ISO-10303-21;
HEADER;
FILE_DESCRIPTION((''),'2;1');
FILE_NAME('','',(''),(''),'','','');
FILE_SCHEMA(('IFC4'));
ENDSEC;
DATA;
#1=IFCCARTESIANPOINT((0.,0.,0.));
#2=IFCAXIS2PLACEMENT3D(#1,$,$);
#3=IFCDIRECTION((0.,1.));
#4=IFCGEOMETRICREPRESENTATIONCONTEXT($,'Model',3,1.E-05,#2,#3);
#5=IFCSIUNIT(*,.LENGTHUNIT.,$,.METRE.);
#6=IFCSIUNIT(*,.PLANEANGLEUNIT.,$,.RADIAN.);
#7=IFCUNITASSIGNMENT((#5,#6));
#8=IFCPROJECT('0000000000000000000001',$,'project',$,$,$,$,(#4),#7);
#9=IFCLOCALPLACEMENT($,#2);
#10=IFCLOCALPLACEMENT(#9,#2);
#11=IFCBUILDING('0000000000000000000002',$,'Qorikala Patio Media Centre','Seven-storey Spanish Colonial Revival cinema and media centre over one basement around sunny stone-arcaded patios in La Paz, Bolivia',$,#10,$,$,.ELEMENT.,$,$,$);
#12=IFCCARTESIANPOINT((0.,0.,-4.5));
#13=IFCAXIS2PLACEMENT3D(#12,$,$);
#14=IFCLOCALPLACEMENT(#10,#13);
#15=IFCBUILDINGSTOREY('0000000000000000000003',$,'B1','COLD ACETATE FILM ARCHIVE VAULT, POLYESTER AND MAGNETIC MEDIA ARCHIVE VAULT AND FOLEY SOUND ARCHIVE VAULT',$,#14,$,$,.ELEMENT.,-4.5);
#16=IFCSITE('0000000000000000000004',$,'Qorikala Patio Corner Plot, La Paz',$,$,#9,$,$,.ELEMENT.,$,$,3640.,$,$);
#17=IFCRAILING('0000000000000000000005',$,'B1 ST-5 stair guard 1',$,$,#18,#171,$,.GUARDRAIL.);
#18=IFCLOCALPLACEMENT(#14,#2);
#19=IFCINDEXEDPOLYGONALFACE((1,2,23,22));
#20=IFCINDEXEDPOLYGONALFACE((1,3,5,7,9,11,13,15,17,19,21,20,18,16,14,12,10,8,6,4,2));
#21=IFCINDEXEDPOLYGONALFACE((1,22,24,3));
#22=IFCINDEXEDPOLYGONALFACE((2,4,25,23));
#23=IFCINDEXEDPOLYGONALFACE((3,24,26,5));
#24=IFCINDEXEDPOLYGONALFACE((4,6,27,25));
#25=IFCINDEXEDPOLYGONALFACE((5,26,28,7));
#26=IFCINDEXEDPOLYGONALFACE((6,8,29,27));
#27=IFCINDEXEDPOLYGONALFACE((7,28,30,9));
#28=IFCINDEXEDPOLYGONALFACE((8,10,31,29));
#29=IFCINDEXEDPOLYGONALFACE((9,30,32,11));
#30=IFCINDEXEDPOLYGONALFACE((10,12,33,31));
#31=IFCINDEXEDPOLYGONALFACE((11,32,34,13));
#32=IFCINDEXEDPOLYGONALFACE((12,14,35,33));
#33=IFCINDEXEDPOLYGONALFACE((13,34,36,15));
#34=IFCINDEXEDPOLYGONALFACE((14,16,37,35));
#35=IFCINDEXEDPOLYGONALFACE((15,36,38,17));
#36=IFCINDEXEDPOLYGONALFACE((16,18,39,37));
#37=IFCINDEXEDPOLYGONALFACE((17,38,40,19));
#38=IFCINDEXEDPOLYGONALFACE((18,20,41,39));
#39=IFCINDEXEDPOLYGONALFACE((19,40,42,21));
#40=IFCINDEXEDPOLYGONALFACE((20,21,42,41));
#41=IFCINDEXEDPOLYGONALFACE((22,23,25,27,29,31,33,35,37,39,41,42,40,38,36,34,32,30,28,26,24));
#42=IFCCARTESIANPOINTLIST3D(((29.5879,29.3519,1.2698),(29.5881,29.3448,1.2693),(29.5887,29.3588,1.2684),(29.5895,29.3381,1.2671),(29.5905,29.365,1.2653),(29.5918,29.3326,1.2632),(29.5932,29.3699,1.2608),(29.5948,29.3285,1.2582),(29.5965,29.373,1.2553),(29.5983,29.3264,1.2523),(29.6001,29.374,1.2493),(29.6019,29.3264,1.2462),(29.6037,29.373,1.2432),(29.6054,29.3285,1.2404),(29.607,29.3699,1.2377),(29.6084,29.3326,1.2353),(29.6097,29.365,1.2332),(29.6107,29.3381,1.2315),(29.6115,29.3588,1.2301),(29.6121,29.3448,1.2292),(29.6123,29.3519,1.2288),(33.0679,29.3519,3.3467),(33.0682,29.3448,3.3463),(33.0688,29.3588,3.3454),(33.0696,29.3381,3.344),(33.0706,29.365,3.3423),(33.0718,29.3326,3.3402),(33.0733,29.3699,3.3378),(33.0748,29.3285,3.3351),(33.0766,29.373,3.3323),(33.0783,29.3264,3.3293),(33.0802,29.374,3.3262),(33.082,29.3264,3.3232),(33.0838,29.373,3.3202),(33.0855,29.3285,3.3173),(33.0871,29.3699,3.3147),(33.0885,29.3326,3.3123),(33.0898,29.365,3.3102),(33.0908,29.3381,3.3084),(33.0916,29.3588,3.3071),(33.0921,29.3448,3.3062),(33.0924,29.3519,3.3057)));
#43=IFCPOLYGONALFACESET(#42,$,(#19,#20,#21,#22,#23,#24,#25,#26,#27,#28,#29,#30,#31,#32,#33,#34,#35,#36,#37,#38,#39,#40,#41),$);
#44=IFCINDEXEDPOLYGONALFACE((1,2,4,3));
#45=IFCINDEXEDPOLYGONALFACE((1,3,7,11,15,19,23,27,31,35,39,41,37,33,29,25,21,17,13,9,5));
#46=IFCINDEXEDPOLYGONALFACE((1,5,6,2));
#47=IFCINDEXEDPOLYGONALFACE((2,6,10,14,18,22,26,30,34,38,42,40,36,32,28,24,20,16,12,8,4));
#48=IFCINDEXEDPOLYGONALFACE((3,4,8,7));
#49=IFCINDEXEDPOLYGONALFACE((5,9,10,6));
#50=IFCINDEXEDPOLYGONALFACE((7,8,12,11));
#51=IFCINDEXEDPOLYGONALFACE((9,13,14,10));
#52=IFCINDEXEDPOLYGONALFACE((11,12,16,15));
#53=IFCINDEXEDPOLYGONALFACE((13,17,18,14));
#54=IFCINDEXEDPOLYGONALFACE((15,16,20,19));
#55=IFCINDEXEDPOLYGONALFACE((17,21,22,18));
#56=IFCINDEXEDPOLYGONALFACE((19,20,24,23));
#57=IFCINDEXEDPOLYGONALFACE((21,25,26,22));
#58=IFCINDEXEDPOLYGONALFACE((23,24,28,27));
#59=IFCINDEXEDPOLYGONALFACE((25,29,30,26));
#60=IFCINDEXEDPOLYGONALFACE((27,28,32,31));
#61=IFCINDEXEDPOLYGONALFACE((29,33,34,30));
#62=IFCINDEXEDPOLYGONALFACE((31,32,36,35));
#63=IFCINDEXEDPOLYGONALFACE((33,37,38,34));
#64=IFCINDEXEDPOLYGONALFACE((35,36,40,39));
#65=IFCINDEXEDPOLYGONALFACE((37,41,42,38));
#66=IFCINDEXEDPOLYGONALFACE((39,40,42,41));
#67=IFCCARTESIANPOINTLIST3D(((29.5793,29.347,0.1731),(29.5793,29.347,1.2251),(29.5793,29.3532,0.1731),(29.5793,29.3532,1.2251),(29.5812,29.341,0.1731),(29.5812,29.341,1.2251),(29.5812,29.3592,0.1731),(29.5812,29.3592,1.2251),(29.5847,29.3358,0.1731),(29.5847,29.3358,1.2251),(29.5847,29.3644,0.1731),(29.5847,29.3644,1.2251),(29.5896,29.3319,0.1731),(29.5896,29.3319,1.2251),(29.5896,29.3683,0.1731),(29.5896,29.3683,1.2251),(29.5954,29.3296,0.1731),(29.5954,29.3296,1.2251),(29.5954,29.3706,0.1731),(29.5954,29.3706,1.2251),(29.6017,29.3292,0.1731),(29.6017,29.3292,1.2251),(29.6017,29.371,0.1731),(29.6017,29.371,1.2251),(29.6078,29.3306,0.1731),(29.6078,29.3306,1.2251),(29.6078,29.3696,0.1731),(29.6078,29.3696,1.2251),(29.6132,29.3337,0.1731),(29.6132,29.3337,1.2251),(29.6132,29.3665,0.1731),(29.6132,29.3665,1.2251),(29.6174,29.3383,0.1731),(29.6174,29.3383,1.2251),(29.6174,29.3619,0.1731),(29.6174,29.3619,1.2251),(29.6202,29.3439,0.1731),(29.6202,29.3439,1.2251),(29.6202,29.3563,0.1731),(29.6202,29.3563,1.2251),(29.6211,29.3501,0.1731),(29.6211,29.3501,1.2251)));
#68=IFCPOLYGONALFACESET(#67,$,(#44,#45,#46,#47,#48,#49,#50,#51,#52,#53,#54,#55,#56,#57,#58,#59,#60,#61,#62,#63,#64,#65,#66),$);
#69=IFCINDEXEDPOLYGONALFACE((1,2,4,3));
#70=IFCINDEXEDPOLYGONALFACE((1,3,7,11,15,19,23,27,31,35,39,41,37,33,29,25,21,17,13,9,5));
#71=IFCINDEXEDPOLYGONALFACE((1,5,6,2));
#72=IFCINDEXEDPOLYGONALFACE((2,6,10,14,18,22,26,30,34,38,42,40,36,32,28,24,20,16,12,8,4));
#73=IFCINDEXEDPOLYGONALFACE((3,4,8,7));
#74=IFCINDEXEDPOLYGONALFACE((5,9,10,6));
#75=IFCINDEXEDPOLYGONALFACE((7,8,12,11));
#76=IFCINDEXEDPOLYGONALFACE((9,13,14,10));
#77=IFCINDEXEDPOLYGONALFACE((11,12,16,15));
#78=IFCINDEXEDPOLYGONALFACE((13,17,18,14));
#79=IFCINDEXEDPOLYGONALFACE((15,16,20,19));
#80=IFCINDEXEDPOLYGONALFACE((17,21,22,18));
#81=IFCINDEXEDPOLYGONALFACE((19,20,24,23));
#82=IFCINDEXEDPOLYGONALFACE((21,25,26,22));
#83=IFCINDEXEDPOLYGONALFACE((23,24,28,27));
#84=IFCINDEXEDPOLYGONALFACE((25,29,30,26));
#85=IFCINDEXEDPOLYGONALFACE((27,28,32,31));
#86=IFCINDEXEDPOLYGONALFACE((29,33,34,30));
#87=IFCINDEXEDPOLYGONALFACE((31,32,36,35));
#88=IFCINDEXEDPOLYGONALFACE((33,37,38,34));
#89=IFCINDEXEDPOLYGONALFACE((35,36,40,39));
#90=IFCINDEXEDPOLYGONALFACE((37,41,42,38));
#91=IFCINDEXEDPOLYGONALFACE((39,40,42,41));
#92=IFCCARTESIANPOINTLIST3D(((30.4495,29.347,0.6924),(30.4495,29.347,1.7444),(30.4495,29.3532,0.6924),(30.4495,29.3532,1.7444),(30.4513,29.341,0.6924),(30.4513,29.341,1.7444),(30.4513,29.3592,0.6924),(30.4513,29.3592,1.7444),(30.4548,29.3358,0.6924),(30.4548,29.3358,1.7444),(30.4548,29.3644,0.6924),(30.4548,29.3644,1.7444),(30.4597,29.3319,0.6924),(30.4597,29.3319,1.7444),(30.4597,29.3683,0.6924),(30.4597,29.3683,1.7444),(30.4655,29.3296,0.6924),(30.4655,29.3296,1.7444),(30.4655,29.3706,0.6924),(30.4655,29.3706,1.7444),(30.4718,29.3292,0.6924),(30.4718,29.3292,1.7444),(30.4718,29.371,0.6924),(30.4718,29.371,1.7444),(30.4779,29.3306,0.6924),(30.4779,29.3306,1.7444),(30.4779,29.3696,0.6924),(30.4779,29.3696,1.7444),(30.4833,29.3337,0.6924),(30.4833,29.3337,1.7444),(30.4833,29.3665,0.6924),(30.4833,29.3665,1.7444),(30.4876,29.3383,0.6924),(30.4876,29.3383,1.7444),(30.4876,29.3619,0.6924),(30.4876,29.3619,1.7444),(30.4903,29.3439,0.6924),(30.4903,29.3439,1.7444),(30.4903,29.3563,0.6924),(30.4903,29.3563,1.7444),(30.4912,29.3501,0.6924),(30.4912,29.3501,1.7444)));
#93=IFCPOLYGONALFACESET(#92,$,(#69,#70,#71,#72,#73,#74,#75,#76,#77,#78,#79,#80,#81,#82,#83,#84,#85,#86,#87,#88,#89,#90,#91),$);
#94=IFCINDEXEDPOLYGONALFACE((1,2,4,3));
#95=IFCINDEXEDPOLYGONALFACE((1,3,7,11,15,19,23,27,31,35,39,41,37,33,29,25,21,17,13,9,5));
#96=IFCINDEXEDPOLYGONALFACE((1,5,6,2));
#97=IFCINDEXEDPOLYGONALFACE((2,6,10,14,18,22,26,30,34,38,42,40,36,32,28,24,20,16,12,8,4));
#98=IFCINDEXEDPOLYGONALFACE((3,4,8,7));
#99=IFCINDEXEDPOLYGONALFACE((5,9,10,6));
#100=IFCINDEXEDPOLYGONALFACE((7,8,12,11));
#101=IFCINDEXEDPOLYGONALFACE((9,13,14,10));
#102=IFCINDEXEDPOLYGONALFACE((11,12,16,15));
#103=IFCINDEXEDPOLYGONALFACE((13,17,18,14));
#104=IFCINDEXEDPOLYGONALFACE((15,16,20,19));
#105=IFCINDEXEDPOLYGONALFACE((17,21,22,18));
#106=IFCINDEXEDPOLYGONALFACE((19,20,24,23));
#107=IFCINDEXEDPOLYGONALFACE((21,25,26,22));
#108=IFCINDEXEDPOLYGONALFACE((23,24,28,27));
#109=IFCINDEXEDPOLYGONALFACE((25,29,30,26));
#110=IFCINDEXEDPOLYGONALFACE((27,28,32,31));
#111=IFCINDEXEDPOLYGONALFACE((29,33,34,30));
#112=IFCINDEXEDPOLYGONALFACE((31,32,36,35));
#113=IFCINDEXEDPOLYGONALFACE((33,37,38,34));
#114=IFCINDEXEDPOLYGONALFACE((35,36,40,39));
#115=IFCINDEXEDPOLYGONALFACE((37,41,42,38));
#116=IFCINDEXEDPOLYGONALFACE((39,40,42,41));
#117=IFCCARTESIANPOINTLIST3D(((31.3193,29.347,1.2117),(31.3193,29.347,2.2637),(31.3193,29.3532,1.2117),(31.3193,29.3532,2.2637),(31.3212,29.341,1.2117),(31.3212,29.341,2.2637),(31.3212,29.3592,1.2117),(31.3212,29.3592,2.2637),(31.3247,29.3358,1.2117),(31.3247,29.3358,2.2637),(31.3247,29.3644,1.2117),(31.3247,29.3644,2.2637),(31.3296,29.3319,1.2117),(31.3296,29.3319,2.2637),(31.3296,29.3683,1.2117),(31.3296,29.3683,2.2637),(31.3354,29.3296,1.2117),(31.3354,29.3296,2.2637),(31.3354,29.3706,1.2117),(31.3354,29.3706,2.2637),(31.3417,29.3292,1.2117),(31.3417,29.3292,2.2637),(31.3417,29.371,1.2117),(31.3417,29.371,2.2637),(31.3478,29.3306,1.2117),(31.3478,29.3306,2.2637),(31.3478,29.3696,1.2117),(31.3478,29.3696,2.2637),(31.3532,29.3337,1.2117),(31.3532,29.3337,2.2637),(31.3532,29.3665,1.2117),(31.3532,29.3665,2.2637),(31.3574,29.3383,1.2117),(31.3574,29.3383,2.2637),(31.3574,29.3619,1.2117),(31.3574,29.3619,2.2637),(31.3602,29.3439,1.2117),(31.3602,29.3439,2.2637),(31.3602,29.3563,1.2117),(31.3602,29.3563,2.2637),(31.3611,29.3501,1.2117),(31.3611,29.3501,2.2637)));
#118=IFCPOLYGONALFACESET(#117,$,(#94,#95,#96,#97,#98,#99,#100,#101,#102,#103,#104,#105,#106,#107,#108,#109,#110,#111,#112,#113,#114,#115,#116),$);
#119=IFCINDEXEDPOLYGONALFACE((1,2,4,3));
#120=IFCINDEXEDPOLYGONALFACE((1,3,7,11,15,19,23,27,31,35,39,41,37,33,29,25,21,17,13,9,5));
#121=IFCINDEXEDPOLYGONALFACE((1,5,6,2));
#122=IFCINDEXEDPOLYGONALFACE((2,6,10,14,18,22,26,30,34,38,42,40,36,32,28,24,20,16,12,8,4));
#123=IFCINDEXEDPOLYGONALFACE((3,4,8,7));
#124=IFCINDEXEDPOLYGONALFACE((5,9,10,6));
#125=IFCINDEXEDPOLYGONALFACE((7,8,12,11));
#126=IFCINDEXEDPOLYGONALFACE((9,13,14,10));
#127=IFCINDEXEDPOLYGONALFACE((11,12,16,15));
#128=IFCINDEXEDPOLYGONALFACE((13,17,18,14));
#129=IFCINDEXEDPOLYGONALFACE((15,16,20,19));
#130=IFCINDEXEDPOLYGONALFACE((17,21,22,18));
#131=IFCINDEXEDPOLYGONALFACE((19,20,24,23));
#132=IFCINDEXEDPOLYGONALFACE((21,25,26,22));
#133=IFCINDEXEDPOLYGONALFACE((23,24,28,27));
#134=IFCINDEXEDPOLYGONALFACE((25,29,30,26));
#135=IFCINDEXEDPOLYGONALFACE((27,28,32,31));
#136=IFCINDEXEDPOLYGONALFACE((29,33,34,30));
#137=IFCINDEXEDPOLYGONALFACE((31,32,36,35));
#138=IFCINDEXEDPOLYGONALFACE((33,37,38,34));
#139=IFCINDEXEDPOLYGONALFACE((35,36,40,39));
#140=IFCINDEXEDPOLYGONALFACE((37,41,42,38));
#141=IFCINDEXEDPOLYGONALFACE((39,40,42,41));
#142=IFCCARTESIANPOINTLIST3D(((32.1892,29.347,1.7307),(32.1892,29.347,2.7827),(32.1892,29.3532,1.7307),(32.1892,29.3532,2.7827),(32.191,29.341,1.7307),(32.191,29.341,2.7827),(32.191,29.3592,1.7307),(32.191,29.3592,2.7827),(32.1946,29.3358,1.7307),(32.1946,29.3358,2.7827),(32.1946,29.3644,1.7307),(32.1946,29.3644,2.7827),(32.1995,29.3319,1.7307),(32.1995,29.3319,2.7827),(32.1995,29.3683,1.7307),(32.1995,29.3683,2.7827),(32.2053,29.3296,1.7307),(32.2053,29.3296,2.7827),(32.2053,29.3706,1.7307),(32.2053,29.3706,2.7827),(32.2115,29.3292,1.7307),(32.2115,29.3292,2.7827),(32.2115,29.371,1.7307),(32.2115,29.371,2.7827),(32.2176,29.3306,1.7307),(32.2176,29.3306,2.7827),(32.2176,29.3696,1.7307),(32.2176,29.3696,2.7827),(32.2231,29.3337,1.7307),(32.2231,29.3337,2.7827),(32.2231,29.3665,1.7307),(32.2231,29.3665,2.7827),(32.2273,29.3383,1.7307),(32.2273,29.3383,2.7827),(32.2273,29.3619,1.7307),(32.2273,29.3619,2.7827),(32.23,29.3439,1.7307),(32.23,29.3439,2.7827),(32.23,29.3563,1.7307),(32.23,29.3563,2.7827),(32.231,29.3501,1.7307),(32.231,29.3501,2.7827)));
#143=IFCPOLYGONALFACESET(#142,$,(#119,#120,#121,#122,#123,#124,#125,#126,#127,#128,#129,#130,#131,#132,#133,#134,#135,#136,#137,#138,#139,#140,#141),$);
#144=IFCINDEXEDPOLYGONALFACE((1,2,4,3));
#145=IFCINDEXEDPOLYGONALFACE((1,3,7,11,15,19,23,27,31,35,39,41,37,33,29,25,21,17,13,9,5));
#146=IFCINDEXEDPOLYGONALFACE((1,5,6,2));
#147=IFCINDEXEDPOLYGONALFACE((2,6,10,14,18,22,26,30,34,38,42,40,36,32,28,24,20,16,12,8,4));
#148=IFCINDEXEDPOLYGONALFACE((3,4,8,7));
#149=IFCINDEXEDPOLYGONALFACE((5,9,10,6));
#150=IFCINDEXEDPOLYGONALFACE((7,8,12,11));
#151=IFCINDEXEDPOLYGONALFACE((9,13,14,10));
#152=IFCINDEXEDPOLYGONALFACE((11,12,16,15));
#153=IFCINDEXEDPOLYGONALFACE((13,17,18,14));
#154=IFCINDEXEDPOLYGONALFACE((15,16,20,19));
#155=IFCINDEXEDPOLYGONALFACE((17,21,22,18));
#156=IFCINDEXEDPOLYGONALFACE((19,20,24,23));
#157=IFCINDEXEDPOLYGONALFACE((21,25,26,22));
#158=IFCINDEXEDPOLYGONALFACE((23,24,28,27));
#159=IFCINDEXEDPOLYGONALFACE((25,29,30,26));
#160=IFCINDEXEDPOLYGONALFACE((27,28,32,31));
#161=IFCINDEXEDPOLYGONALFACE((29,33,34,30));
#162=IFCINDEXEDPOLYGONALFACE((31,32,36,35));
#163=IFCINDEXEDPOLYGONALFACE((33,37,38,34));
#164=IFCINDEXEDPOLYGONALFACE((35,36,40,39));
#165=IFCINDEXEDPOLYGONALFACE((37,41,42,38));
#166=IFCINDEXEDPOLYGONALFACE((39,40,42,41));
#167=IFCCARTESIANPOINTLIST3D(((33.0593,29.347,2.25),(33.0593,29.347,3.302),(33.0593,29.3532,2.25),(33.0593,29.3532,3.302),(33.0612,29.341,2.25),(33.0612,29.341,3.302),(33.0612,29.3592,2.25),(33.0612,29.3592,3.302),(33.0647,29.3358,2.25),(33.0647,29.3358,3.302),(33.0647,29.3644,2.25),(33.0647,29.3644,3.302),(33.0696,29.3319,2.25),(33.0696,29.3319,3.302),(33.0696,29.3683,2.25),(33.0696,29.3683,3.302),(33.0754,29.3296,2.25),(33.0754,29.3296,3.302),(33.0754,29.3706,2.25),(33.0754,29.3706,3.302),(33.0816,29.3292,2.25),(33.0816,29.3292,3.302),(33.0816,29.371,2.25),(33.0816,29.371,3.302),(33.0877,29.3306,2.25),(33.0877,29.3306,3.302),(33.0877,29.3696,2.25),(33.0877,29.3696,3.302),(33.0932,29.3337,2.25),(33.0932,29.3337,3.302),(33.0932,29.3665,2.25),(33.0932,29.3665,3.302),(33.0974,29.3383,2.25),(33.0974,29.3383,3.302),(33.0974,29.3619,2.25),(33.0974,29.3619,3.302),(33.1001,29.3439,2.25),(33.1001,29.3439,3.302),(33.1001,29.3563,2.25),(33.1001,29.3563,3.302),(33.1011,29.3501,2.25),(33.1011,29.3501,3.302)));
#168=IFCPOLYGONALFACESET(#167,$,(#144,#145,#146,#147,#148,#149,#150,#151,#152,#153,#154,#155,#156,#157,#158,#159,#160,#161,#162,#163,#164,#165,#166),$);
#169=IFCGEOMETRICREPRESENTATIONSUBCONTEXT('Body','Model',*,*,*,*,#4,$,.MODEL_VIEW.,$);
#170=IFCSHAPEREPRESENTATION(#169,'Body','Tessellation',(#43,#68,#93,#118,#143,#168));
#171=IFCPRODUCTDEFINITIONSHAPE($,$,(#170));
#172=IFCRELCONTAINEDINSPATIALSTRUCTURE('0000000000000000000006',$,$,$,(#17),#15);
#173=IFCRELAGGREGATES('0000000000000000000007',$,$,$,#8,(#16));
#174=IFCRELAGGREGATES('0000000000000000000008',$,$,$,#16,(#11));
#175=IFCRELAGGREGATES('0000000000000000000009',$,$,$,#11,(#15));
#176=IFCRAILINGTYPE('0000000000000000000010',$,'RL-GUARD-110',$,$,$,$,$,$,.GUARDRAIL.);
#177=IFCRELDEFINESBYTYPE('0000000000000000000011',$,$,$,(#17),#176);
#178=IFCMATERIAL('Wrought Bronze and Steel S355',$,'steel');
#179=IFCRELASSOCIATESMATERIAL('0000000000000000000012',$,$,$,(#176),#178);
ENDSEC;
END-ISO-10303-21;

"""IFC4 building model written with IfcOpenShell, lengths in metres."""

from ifc_helpers import new_model, si_unit, direction, frame, origin, origin_2d, place, context, subcontext, project, spatial, circle, extrude, material, type_object, element, save


model = new_model("IFC4")

# Units and contexts
model_context = context("Model", 3, precision=1e-05, world=origin(), true_north=direction((0.0, 1.0)))
body_context = subcontext(model_context, "Body", "Model", "MODEL_VIEW")
ifc_project = project(units=[si_unit("LENGTHUNIT", "METRE"), si_unit("PLANEANGLEUNIT", "RADIAN")], contexts=[model_context])

# Site, building, storey
site_placement = place(None, origin())
site = spatial("IfcSite", under=ifc_project, at=site_placement, Name="Qorikala Patio Corner Plot, La Paz", CompositionType="ELEMENT", RefElevation=3640.0)
building_placement = place(site_placement, origin())
building = spatial("IfcBuilding", under=site, at=building_placement, Name="Qorikala Patio Media Centre", Description="Seven-storey Spanish Colonial Revival cinema and media centre over one basement around sunny stone-arcaded patios in La Paz, Bolivia", CompositionType="ELEMENT")
storey_placement = place(building_placement, frame((0.0, 0.0, -4.5)))
storey = spatial("IfcBuildingStorey", under=building, at=storey_placement, Name="B1", Description="COLD ACETATE FILM ARCHIVE VAULT, POLYESTER AND MAGNETIC MEDIA ARCHIVE VAULT AND FOLEY SOUND ARCHIVE VAULT", CompositionType="ELEMENT", Elevation=-4.5)

# Railing
ifc_material_1 = material(Name="Wrought Bronze and Steel S355", Category="steel")
railing_type_1 = type_object("IfcRailingType", Name="RL-GUARD-110", PredefinedType="GUARDRAIL", material=ifc_material_1)
railing_1_placement = place(storey_placement, frame((29.6001, 29.3501, 0.1731)))
element("IfcRailing", 1, at=railing_1_placement, inside=storey, type_object=railing_type_1, Name="B1 ST-5 stair guard 1", PredefinedType="GUARDRAIL", context=body_context, shape_type="SweptSolid", body=[
    extrude(circle(Radius=0.0239, at=origin_2d()), frame((0.0, 0.0, 1.0762), z_axis=(0.858697, 0.0, 0.512483), x_axis=(0.0, 1.0, 0.0)), (0.0, 0.0, 1.0), 4.0527),
    extrude(circle(Radius=0.021, at=origin_2d()), origin(), (0.0, 0.0, 1.0), 1.052),
    extrude(circle(Radius=0.021, at=origin_2d()), frame((0.8701, 0.0, 0.5193)), (0.0, 0.0, 1.0), 1.052),
    extrude(circle(Radius=0.021, at=origin_2d()), frame((1.74, 0.0, 1.0386)), (0.0, 0.0, 1.0), 1.052),
    extrude(circle(Radius=0.021, at=origin_2d()), frame((2.6099, 0.0, 1.5576)), (0.0, 0.0, 1.0), 1.052),
    extrude(circle(Radius=0.021, at=origin_2d()), frame((3.48, 0.0, 2.0769)), (0.0, 0.0, 1.0), 1.052),
])

save(model, "model.ifc")
